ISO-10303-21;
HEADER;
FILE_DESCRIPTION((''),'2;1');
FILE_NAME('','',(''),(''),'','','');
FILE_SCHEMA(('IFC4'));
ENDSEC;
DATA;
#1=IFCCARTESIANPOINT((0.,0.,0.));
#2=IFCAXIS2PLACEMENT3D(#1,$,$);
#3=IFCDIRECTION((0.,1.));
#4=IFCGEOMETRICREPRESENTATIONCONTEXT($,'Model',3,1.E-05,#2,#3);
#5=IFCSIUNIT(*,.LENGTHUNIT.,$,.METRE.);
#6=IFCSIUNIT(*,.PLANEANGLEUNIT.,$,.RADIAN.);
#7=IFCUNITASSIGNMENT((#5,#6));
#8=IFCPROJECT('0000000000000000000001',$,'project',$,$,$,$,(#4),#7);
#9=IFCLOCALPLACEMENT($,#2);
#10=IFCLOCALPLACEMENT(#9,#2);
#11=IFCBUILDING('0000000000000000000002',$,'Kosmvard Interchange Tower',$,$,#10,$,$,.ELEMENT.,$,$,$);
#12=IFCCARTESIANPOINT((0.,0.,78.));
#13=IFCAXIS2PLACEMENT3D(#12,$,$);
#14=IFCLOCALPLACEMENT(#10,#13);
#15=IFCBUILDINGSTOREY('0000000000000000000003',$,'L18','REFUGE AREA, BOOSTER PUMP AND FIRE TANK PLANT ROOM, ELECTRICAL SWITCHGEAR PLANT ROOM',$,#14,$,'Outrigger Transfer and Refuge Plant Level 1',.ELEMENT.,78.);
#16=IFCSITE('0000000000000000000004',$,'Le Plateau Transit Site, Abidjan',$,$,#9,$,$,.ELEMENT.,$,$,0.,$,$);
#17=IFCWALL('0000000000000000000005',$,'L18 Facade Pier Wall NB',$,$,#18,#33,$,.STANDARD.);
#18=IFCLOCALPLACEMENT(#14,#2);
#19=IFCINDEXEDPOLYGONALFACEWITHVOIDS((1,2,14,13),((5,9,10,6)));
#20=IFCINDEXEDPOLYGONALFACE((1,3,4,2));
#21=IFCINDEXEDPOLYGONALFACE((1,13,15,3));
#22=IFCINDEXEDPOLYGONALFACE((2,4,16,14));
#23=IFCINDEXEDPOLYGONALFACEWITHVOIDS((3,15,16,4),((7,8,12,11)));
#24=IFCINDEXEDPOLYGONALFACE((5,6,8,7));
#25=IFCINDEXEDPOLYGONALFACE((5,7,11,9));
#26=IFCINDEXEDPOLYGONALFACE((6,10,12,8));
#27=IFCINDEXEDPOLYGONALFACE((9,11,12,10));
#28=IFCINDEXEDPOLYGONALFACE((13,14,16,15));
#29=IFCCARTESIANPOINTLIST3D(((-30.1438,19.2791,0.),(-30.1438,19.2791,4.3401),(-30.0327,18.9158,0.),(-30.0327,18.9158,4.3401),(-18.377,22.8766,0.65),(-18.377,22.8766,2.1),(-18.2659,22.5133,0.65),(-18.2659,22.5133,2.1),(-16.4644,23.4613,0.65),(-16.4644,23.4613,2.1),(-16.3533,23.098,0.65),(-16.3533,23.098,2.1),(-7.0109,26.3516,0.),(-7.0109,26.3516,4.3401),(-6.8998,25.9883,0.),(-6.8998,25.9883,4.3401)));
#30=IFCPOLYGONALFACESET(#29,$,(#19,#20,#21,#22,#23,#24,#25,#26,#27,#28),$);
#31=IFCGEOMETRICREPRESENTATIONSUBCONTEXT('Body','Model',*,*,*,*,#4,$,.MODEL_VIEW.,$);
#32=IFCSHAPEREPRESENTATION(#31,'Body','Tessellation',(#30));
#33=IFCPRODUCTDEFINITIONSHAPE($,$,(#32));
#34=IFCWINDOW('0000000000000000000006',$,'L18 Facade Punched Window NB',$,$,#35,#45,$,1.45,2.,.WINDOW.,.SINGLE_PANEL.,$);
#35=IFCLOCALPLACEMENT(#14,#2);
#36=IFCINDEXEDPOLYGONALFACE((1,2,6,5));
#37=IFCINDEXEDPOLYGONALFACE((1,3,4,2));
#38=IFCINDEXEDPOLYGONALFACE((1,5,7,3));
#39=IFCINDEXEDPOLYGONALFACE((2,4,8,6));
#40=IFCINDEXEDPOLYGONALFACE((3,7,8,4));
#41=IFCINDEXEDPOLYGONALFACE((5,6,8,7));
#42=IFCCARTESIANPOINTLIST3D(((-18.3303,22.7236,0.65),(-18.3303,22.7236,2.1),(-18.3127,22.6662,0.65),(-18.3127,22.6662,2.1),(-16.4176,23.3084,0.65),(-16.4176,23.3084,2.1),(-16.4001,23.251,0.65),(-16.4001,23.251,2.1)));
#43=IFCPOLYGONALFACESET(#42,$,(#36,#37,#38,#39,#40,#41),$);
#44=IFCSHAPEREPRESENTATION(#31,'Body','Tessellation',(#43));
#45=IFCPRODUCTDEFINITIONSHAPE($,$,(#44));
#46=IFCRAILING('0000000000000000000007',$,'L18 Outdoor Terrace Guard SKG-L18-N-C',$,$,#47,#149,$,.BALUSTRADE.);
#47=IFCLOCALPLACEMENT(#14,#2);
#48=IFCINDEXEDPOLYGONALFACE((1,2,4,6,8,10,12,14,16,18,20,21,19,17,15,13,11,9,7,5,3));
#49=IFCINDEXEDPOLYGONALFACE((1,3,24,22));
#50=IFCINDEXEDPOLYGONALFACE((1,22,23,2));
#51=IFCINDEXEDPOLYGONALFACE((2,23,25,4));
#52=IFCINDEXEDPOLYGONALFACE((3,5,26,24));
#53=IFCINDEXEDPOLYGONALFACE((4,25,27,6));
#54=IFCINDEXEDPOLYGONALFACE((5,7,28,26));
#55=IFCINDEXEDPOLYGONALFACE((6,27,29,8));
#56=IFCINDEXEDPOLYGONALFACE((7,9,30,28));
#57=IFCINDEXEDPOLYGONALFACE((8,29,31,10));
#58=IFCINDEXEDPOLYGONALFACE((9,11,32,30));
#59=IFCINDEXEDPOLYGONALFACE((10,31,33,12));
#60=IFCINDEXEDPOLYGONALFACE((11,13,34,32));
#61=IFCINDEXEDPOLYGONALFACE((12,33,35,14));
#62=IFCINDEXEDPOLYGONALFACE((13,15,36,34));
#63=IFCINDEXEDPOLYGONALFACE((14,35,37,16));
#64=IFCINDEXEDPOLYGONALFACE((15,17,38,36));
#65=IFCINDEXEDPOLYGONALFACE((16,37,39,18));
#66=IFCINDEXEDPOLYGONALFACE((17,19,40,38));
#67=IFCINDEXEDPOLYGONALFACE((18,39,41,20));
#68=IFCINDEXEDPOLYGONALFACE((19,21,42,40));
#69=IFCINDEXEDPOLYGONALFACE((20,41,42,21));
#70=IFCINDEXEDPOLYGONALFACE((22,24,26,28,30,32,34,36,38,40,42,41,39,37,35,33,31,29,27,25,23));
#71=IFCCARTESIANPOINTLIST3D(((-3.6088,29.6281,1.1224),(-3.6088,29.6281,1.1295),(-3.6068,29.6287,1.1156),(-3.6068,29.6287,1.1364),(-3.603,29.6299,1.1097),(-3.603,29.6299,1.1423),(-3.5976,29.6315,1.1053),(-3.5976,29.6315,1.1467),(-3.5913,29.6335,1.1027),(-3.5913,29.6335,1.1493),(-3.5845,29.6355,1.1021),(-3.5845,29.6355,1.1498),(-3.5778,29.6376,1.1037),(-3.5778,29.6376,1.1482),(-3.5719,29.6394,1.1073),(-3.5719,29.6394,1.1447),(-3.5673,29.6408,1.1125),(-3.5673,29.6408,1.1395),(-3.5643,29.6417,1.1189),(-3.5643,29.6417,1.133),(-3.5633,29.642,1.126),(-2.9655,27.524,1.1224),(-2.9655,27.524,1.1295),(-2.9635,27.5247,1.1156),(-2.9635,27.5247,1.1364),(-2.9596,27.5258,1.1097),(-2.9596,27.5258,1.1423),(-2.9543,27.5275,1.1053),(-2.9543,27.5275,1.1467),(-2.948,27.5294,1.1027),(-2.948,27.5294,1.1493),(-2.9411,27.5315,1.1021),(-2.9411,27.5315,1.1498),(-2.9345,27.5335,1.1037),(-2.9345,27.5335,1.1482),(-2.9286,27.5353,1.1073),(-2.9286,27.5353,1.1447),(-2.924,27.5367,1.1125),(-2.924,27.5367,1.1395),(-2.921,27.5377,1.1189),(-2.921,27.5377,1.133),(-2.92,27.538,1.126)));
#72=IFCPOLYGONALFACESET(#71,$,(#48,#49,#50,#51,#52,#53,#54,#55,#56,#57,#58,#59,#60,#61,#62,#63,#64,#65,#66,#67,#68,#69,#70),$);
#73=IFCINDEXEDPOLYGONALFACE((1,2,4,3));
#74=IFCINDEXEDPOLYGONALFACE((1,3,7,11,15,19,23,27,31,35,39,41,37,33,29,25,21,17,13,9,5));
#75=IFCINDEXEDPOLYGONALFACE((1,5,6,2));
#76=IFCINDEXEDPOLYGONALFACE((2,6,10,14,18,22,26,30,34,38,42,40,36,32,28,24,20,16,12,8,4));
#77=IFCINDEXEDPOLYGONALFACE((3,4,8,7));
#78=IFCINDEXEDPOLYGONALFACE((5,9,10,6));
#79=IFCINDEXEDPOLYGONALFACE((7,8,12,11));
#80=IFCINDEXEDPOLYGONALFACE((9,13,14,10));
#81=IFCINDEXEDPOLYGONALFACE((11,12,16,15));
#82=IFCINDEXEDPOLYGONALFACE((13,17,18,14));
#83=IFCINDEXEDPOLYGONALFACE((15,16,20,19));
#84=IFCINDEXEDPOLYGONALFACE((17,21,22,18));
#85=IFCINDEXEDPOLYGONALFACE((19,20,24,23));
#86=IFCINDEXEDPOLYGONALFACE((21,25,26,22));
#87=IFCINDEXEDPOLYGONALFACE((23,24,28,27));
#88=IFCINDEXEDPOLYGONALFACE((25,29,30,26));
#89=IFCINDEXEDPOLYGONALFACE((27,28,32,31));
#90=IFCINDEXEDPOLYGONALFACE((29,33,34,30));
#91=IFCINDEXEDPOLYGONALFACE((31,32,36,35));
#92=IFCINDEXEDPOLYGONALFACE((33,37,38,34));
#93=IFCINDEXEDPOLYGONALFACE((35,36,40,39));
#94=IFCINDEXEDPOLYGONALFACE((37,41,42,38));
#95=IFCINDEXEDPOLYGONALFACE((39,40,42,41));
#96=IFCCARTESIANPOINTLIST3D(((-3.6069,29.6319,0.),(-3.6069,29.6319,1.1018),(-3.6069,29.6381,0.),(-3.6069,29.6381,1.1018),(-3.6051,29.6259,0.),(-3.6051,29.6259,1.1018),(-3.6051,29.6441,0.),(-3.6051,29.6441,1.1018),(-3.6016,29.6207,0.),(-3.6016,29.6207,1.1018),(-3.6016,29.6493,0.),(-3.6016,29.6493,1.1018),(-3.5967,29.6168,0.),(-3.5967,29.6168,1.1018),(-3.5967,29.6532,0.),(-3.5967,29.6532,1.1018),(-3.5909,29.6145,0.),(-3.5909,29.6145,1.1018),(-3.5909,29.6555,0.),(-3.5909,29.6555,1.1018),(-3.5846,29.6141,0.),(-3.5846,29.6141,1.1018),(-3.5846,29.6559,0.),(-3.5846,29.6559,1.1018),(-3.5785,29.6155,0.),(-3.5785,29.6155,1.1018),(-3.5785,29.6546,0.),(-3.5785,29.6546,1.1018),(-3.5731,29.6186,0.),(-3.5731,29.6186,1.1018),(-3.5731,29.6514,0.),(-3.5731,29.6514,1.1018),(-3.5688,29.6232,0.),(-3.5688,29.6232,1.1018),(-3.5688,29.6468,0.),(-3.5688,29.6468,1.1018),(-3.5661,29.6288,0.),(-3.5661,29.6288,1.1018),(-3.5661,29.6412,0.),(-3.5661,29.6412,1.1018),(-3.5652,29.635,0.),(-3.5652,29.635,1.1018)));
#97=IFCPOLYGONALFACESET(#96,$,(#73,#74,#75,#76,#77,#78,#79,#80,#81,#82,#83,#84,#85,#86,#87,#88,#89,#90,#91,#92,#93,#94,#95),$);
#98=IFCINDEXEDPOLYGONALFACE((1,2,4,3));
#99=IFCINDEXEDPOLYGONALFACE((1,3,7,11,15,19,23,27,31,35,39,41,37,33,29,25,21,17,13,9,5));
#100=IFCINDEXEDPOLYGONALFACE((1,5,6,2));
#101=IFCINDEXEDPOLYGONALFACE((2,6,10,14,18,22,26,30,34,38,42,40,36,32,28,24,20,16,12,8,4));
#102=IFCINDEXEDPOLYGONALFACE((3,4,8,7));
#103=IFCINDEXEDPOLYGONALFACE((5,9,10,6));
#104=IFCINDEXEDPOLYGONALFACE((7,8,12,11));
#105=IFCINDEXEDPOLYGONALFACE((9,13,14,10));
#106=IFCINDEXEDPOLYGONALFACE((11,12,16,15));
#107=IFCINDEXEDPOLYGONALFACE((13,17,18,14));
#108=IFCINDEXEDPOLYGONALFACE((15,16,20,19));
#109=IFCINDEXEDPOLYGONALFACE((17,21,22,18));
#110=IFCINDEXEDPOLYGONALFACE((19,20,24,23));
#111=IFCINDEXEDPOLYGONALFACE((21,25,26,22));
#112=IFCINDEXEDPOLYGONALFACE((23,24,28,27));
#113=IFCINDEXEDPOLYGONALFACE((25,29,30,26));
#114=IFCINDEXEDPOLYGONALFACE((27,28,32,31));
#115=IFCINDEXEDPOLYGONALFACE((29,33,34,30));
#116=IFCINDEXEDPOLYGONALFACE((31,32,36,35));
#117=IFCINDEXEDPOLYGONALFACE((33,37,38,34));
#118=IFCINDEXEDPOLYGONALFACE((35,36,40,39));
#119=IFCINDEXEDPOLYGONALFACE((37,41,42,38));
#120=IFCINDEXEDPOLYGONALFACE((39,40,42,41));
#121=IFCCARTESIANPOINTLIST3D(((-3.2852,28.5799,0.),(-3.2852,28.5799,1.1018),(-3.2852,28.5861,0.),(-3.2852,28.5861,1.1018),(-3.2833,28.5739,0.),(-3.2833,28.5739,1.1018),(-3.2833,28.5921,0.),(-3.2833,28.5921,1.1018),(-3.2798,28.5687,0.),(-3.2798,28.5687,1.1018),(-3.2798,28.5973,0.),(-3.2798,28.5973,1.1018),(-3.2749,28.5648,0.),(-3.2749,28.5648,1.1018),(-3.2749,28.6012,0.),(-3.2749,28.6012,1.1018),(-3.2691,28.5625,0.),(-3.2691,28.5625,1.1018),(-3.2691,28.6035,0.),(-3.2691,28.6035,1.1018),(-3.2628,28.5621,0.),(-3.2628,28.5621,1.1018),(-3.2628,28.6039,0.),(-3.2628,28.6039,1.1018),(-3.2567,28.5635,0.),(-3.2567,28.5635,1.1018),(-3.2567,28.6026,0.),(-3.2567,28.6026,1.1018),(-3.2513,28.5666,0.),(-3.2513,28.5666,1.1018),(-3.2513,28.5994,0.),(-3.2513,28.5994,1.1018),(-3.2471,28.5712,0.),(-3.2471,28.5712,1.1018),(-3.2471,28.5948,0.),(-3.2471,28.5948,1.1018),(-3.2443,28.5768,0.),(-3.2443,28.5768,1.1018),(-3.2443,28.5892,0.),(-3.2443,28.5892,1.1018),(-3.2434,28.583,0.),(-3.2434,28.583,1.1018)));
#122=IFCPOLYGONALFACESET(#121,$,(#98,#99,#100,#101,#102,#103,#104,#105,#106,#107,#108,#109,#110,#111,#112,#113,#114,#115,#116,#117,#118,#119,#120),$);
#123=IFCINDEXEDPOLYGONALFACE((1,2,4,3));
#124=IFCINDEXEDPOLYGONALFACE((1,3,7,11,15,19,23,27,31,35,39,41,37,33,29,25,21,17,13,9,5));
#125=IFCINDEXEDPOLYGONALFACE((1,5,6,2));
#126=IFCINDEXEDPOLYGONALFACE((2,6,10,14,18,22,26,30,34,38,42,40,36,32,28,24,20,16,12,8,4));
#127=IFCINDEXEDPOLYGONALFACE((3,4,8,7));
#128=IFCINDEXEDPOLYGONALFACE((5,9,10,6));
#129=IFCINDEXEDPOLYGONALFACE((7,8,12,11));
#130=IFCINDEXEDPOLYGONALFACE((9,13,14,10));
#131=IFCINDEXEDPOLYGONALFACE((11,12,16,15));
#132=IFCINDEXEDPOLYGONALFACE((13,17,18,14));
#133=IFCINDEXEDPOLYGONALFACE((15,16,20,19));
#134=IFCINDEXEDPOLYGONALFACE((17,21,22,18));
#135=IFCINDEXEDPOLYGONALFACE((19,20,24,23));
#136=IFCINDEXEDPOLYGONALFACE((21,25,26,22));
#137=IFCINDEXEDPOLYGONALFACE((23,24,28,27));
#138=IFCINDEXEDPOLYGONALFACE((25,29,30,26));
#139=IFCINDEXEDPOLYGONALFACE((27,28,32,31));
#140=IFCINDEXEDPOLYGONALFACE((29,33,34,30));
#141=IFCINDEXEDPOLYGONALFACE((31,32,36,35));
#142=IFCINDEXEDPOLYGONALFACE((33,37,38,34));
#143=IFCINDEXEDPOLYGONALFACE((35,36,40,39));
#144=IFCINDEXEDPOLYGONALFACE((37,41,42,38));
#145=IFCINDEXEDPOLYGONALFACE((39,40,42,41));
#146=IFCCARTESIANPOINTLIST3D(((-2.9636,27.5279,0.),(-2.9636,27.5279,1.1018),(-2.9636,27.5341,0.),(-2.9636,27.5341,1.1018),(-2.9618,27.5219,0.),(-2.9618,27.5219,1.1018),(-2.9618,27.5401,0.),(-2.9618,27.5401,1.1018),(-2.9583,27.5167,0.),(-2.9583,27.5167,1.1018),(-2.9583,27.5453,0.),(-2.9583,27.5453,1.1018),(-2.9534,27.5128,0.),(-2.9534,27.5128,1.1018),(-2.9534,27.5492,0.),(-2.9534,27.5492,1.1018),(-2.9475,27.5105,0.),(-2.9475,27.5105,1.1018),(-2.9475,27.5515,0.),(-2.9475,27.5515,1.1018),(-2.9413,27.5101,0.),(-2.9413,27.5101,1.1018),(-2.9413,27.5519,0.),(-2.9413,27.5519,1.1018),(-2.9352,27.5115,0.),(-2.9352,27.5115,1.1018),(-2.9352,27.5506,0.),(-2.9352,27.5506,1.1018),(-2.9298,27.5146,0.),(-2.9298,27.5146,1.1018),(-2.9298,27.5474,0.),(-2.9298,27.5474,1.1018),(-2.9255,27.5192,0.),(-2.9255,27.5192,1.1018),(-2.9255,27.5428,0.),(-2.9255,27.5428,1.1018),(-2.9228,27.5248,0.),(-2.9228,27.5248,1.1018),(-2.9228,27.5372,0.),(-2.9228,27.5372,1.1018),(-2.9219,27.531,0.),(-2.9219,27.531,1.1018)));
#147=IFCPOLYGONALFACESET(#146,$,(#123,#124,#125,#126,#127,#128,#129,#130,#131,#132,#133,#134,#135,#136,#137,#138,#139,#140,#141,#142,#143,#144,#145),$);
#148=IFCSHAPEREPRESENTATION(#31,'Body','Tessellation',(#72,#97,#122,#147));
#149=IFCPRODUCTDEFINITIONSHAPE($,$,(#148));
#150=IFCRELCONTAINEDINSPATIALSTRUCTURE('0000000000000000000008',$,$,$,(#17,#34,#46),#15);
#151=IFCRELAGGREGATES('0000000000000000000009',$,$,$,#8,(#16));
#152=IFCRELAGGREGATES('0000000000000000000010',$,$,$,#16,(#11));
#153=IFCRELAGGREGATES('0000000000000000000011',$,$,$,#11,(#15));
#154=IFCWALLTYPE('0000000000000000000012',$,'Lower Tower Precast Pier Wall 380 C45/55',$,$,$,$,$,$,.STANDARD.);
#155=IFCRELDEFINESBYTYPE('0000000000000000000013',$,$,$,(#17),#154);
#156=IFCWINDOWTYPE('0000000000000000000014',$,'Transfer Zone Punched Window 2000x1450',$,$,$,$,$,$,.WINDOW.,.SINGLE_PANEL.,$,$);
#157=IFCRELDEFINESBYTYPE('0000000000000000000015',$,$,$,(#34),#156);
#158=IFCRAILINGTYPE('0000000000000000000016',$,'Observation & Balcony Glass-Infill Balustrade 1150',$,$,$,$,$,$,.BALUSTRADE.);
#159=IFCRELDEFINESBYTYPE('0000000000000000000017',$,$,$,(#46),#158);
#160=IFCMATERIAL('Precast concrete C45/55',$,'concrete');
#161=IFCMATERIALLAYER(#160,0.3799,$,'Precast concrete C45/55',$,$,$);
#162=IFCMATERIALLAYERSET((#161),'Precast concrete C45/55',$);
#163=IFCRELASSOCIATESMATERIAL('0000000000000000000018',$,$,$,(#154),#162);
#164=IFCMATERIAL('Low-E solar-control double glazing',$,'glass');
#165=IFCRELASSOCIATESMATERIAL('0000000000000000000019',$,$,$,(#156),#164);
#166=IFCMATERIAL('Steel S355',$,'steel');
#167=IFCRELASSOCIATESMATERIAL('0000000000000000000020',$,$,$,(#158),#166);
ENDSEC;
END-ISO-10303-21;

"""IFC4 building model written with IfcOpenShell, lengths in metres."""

from ifc_helpers import new_model, si_unit, direction, frame, frame_2d, origin, origin_2d, place, context, subcontext, project, spatial, rectangle, circle, extrude, source, transform, mapped, material, layer, layer_set, type_object, element, fill, save


model = new_model("IFC4")

# Units and contexts
model_context = context("Model", 3, precision=1e-05, world=origin(), true_north=direction((0.0, 1.0)))
body_context = subcontext(model_context, "Body", "Model", "MODEL_VIEW")
ifc_project = project(units=[si_unit("LENGTHUNIT", "METRE"), si_unit("PLANEANGLEUNIT", "RADIAN")], contexts=[model_context])

# Site, building, storey
site_placement = place(None, origin())
site = spatial("IfcSite", under=ifc_project, at=site_placement, Name="Le Plateau Transit Site, Abidjan", CompositionType="ELEMENT", RefElevation=0.0)
building_placement = place(site_placement, origin())
building = spatial("IfcBuilding", under=site, at=building_placement, Name="Kosmvard Interchange Tower", CompositionType="ELEMENT")
storey_placement = place(building_placement, frame((0.0, 0.0, 78.0)))
storey = spatial("IfcBuildingStorey", under=building, at=storey_placement, Name="L18", Description="REFUGE AREA, BOOSTER PUMP AND FIRE TANK PLANT ROOM, ELECTRICAL SWITCHGEAR PLANT ROOM", LongName="Outrigger Transfer and Refuge Plant Level 1", CompositionType="ELEMENT", Elevation=78.0)

# Shared definitions
ifc_material_1 = material(Name="Low-E solar-control double glazing", Category="glass")

# Wall, opening, window
ifc_material_2 = material(Name="Precast concrete C45/55", Category="concrete")
ifc_layer_1 = layer(ifc_material_2, 0.3799, Name="Precast concrete C45/55")
ifc_layer_set_1 = layer_set([ifc_layer_1], Name="Precast concrete C45/55")
wall_type = type_object("IfcWallType", Name="Lower Tower Precast Pier Wall 380 C45/55", PredefinedType="STANDARD", material=ifc_layer_set_1)
wall_placement = place(storey_placement, frame((-6.9553, 26.1699, 0.0), z_axis=(0.0, 0.0, 1.0), x_axis=(-0.956304, -0.292373, 0.0)))
wall = element("IfcWall", 1, at=wall_placement, inside=storey, type_object=wall_type, Name="L18 Facade Pier Wall NB", PredefinedType="STANDARD", context=body_context, shape_type="SweptSolid", body=[
    extrude(rectangle(XDim=24.1899, YDim=0.3799, at=frame_2d((12.095, 0.0))), origin(), (0.0, 0.0, 1.0), 4.3401),
])
opening_placement = place(wall_placement, frame((9.8855, 0.0, 0.6499)))
opening = element("IfcOpeningElement", 2, at=opening_placement, cuts=wall, PredefinedType="OPENING", context=body_context, shape_type="SweptSolid", body=[
    extrude(rectangle(XDim=2.0, YDim=1.45, at=frame_2d((1.0, 0.7251))), frame((0.0, 0.2, 0.0), z_axis=(0.0, -1.0, 0.0), x_axis=(1.0, 0.0, 0.0)), (0.0, 0.0, 1.0), 0.3999),
])
window_type = type_object("IfcWindowType", Name="Transfer Zone Punched Window 2000x1450", PartitioningType="SINGLE_PANEL", PredefinedType="WINDOW", material=ifc_material_1)
shared_shape_1 = source(origin(), body_context, "Body", "SweptSolid", [
    extrude(rectangle(XDim=2.0, YDim=1.45, at=frame_2d((1.0, 0.7251))), frame((0.0, 0.03, 0.0), z_axis=(0.0, -1.0, 0.0), x_axis=(1.0, 0.0, 0.0)), (0.0, 0.0, 1.0), 0.0601),
])
window_placement = place(opening_placement, origin())
window = element("IfcWindow", 3, at=window_placement, inside=storey, type_object=window_type, Name="L18 Facade Punched Window NB", OverallHeight=1.45, OverallWidth=2.0, PartitioningType="SINGLE_PANEL", PredefinedType="WINDOW", context=body_context, shape_type="MappedRepresentation", body=[
    mapped(shared_shape_1, transform((0.0, 0.0, 0.0), scale=1.0)),
])
fill(opening, window)

# Railing
ifc_material_3 = material(Name="Steel S355", Category="steel")
railing_type = type_object("IfcRailingType", Name="Observation & Balcony Glass-Infill Balustrade 1150", PredefinedType="BALUSTRADE", material=ifc_material_3)
shared_shape_2 = source(origin(), body_context, "Body", "SweptSolid", [
    extrude(circle(Radius=0.0239, at=origin_2d()), frame((0.0, 0.0, 1.126), z_axis=(0.292393, -0.956298, 0.0), x_axis=(0.956298, 0.292393, 0.0)), (0.0, 0.0, 1.0), 2.2002),
    extrude(circle(Radius=0.021, at=origin_2d()), origin(), (0.0, 0.0, 1.0), 1.1018),
    extrude(circle(Radius=0.021, at=origin_2d()), frame((0.3218, -1.052, 0.0)), (0.0, 0.0, 1.0), 1.1018),
    extrude(circle(Radius=0.021, at=origin_2d()), frame((0.6433, -2.104, 0.0)), (0.0, 0.0, 1.0), 1.1018),
])
railing_placement = place(storey_placement, frame((-3.5862, 29.635, 0.0)))
element("IfcRailing", 4, at=railing_placement, inside=storey, type_object=railing_type, Name="L18 Outdoor Terrace Guard SKG-L18-N-C", PredefinedType="BALUSTRADE", context=body_context, shape_type="MappedRepresentation", body=[
    mapped(shared_shape_2, transform((0.0, 0.0, 0.0), scale=1.0)),
])

save(model, "model.ifc")
